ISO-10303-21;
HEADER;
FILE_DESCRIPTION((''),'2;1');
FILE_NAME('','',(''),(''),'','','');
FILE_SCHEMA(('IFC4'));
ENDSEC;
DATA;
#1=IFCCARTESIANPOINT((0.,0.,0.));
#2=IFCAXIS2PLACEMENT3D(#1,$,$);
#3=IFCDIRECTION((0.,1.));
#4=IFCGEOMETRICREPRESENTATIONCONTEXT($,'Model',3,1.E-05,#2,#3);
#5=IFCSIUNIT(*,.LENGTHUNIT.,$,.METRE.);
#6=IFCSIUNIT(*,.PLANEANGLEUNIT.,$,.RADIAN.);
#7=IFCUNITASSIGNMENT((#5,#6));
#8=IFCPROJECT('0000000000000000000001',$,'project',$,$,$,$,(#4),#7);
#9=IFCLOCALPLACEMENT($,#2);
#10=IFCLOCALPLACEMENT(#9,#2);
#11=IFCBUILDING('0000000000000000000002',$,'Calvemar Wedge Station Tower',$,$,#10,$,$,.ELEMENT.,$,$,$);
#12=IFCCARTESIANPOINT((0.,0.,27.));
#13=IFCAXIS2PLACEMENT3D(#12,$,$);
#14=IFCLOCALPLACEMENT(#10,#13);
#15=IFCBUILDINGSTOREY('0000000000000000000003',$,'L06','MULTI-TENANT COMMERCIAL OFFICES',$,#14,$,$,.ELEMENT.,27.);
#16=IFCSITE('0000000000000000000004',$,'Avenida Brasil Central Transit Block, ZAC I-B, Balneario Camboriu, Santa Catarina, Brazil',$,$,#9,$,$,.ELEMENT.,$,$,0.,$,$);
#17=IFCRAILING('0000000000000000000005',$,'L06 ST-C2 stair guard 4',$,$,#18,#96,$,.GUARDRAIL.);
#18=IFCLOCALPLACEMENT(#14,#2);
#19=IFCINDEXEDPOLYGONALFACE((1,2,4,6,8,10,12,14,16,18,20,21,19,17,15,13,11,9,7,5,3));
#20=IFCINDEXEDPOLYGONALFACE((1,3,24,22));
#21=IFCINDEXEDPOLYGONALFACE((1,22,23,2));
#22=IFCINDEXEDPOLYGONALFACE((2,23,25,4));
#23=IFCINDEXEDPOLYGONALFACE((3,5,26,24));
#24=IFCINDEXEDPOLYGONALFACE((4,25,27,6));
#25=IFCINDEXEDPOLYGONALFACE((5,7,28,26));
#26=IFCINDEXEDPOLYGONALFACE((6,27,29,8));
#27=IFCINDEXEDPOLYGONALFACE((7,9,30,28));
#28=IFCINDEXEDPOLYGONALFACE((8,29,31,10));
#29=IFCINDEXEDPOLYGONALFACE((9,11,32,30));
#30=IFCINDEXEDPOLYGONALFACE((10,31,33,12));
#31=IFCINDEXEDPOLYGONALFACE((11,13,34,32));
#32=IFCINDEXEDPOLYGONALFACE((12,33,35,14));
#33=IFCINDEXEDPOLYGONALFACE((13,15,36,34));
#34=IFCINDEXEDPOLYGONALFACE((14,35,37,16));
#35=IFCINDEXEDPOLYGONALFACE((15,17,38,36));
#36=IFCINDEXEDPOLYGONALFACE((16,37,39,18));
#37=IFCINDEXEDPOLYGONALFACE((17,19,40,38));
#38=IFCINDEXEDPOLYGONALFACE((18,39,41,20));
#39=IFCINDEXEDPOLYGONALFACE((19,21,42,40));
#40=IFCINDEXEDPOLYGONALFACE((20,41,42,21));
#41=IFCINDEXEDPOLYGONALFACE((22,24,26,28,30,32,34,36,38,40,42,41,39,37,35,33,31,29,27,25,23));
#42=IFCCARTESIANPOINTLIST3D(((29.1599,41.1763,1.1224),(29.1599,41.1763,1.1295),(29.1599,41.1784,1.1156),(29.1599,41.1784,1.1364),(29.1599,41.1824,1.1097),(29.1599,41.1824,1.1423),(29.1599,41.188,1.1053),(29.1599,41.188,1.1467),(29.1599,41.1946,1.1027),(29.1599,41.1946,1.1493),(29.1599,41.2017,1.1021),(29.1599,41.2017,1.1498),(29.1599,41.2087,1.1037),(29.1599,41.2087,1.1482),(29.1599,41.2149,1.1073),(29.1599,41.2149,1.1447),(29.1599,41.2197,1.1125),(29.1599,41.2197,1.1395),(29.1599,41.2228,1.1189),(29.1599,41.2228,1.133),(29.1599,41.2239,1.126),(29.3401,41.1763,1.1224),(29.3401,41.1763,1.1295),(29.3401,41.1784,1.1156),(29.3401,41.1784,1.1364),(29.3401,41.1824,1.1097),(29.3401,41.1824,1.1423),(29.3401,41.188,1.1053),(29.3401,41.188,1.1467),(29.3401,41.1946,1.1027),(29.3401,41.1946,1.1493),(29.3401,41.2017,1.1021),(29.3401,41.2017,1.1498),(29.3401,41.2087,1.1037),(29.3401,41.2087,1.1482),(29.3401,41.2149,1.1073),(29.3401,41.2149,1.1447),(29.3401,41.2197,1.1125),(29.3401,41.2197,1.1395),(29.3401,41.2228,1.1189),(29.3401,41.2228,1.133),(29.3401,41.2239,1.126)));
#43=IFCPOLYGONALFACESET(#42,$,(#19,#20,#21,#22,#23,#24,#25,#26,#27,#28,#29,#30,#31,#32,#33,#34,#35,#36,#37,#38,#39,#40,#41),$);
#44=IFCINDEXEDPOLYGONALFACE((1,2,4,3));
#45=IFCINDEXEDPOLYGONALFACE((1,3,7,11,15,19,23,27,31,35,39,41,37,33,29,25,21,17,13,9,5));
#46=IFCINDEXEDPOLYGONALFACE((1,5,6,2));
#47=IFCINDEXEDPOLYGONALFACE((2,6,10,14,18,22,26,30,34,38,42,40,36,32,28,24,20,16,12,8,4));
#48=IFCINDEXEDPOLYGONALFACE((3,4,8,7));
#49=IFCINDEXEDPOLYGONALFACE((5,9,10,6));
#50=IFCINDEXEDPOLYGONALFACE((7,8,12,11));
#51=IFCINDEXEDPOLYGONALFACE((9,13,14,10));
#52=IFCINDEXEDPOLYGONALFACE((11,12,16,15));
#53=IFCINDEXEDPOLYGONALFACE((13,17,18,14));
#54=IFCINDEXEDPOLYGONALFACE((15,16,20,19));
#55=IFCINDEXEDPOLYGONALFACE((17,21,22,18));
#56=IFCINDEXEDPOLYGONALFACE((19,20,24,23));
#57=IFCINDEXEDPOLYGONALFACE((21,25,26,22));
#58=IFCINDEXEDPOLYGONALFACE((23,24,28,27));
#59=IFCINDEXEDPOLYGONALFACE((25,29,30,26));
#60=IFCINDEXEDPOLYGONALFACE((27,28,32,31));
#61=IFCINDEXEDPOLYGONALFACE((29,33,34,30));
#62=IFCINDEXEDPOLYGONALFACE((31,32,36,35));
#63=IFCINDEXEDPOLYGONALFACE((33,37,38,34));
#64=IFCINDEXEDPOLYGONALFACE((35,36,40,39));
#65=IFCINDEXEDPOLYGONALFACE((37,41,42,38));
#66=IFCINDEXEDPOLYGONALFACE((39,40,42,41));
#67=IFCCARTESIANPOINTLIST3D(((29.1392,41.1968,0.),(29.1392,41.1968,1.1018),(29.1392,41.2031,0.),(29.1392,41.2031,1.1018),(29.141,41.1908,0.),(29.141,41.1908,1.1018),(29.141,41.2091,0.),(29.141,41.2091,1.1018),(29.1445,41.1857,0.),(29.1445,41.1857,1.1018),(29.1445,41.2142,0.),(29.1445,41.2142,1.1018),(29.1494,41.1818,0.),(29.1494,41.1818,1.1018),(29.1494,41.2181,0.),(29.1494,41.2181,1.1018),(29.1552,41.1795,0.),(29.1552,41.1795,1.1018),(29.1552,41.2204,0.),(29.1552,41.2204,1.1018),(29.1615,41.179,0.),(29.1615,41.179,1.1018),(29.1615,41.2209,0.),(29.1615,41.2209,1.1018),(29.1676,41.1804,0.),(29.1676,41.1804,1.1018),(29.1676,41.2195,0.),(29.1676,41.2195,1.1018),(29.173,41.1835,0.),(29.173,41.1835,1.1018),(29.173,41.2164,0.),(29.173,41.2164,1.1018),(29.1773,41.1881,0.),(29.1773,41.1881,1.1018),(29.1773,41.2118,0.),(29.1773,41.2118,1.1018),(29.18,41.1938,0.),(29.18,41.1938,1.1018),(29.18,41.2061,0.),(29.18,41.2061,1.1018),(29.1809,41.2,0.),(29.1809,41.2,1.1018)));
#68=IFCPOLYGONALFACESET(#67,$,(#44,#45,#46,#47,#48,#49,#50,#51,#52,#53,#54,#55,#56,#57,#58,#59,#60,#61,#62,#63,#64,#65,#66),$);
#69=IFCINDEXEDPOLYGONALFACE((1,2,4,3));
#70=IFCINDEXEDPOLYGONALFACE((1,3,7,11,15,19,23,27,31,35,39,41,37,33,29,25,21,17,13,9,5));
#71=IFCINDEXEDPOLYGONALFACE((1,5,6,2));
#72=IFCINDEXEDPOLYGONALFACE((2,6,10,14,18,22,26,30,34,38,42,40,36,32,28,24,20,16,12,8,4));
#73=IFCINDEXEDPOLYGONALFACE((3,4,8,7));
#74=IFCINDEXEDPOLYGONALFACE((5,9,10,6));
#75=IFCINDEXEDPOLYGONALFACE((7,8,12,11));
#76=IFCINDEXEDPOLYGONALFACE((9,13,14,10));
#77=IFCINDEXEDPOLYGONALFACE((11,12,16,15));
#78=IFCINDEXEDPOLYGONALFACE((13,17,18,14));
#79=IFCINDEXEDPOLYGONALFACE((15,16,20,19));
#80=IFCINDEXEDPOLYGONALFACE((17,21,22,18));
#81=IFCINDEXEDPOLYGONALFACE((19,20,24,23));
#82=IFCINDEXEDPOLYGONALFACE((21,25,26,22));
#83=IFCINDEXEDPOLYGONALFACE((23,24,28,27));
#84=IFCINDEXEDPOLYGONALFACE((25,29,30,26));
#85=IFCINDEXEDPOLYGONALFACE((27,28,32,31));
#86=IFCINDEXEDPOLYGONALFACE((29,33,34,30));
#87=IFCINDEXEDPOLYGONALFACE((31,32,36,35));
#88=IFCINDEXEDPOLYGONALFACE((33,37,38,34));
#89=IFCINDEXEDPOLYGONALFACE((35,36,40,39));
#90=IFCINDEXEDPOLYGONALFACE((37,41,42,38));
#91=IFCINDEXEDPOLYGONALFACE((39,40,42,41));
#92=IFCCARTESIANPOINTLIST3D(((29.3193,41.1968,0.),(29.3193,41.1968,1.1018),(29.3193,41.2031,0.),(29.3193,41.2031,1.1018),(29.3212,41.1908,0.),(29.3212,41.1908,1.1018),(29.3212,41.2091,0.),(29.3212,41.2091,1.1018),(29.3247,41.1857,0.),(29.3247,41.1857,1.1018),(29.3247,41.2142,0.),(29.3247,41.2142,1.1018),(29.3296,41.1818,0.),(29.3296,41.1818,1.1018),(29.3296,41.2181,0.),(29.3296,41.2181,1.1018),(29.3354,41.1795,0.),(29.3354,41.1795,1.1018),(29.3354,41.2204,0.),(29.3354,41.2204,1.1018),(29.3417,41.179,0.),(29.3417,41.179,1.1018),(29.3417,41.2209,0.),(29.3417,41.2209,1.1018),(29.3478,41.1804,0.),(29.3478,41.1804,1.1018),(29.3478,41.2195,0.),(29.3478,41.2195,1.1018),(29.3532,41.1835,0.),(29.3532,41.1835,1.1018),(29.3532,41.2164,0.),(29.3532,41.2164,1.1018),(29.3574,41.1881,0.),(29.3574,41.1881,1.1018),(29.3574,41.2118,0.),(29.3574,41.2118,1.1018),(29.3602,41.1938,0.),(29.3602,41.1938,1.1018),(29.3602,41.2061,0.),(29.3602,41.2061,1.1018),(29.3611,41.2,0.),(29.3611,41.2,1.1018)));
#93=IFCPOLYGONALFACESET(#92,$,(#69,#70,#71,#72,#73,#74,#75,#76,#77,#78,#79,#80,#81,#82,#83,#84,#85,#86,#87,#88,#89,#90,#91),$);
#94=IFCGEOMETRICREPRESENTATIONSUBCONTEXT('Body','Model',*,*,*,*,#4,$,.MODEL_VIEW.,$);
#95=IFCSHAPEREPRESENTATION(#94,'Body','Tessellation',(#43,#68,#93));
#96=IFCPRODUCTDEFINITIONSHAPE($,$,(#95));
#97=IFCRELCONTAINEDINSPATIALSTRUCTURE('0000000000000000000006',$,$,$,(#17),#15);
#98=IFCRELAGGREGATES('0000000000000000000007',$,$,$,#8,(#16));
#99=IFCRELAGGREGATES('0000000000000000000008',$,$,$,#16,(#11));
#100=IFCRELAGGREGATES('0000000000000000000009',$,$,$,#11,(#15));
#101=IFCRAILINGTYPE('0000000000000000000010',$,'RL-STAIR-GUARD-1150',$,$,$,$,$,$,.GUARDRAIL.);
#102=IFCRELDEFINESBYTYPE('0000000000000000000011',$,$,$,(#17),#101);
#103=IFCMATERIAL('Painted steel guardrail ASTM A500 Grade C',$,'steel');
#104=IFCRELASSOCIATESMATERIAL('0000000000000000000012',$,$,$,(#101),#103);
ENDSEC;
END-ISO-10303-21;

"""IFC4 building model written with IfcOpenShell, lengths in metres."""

from ifc_helpers import new_model, si_unit, direction, frame, origin, origin_2d, place, context, subcontext, project, spatial, circle, extrude, material, type_object, element, save


model = new_model("IFC4")

# Units and contexts
model_context = context("Model", 3, precision=1e-05, world=origin(), true_north=direction((0.0, 1.0)))
body_context = subcontext(model_context, "Body", "Model", "MODEL_VIEW")
ifc_project = project(units=[si_unit("LENGTHUNIT", "METRE"), si_unit("PLANEANGLEUNIT", "RADIAN")], contexts=[model_context])

# Site, building, storey
site_placement = place(None, origin())
site = spatial("IfcSite", under=ifc_project, at=site_placement, Name="Avenida Brasil Central Transit Block, ZAC I-B, Balneario Camboriu, Santa Catarina, Brazil", CompositionType="ELEMENT", RefElevation=0.0)
building_placement = place(site_placement, origin())
building = spatial("IfcBuilding", under=site, at=building_placement, Name="Calvemar Wedge Station Tower", CompositionType="ELEMENT")
storey_placement = place(building_placement, frame((0.0, 0.0, 27.0)))
storey = spatial("IfcBuildingStorey", under=building, at=storey_placement, Name="L06", Description="MULTI-TENANT COMMERCIAL OFFICES", CompositionType="ELEMENT", Elevation=27.0)

# Railing
ifc_material_1 = material(Name="Painted steel guardrail ASTM A500 Grade C", Category="steel")
railing_type = type_object("IfcRailingType", Name="RL-STAIR-GUARD-1150", PredefinedType="GUARDRAIL", material=ifc_material_1)
railing_1_placement = place(storey_placement, frame((29.1599, 41.2, 0.0)))
element("IfcRailing", 1, at=railing_1_placement, inside=storey, type_object=railing_type, Name="L06 ST-C2 stair guard 4", PredefinedType="GUARDRAIL", context=body_context, shape_type="SweptSolid", body=[
    extrude(circle(Radius=0.0239, at=origin_2d()), frame((0.0, 0.0, 1.126), z_axis=(1.0, 0.0, 0.0), x_axis=(0.0, 1.0, 0.0)), (0.0, 0.0, 1.0), 0.1802),
    extrude(circle(Radius=0.021, at=origin_2d()), origin(), (0.0, 0.0, 1.0), 1.1018),
    extrude(circle(Radius=0.021, at=origin_2d()), frame((0.1802, 0.0, 0.0)), (0.0, 0.0, 1.0), 1.1018),
])

save(model, "model.ifc")
